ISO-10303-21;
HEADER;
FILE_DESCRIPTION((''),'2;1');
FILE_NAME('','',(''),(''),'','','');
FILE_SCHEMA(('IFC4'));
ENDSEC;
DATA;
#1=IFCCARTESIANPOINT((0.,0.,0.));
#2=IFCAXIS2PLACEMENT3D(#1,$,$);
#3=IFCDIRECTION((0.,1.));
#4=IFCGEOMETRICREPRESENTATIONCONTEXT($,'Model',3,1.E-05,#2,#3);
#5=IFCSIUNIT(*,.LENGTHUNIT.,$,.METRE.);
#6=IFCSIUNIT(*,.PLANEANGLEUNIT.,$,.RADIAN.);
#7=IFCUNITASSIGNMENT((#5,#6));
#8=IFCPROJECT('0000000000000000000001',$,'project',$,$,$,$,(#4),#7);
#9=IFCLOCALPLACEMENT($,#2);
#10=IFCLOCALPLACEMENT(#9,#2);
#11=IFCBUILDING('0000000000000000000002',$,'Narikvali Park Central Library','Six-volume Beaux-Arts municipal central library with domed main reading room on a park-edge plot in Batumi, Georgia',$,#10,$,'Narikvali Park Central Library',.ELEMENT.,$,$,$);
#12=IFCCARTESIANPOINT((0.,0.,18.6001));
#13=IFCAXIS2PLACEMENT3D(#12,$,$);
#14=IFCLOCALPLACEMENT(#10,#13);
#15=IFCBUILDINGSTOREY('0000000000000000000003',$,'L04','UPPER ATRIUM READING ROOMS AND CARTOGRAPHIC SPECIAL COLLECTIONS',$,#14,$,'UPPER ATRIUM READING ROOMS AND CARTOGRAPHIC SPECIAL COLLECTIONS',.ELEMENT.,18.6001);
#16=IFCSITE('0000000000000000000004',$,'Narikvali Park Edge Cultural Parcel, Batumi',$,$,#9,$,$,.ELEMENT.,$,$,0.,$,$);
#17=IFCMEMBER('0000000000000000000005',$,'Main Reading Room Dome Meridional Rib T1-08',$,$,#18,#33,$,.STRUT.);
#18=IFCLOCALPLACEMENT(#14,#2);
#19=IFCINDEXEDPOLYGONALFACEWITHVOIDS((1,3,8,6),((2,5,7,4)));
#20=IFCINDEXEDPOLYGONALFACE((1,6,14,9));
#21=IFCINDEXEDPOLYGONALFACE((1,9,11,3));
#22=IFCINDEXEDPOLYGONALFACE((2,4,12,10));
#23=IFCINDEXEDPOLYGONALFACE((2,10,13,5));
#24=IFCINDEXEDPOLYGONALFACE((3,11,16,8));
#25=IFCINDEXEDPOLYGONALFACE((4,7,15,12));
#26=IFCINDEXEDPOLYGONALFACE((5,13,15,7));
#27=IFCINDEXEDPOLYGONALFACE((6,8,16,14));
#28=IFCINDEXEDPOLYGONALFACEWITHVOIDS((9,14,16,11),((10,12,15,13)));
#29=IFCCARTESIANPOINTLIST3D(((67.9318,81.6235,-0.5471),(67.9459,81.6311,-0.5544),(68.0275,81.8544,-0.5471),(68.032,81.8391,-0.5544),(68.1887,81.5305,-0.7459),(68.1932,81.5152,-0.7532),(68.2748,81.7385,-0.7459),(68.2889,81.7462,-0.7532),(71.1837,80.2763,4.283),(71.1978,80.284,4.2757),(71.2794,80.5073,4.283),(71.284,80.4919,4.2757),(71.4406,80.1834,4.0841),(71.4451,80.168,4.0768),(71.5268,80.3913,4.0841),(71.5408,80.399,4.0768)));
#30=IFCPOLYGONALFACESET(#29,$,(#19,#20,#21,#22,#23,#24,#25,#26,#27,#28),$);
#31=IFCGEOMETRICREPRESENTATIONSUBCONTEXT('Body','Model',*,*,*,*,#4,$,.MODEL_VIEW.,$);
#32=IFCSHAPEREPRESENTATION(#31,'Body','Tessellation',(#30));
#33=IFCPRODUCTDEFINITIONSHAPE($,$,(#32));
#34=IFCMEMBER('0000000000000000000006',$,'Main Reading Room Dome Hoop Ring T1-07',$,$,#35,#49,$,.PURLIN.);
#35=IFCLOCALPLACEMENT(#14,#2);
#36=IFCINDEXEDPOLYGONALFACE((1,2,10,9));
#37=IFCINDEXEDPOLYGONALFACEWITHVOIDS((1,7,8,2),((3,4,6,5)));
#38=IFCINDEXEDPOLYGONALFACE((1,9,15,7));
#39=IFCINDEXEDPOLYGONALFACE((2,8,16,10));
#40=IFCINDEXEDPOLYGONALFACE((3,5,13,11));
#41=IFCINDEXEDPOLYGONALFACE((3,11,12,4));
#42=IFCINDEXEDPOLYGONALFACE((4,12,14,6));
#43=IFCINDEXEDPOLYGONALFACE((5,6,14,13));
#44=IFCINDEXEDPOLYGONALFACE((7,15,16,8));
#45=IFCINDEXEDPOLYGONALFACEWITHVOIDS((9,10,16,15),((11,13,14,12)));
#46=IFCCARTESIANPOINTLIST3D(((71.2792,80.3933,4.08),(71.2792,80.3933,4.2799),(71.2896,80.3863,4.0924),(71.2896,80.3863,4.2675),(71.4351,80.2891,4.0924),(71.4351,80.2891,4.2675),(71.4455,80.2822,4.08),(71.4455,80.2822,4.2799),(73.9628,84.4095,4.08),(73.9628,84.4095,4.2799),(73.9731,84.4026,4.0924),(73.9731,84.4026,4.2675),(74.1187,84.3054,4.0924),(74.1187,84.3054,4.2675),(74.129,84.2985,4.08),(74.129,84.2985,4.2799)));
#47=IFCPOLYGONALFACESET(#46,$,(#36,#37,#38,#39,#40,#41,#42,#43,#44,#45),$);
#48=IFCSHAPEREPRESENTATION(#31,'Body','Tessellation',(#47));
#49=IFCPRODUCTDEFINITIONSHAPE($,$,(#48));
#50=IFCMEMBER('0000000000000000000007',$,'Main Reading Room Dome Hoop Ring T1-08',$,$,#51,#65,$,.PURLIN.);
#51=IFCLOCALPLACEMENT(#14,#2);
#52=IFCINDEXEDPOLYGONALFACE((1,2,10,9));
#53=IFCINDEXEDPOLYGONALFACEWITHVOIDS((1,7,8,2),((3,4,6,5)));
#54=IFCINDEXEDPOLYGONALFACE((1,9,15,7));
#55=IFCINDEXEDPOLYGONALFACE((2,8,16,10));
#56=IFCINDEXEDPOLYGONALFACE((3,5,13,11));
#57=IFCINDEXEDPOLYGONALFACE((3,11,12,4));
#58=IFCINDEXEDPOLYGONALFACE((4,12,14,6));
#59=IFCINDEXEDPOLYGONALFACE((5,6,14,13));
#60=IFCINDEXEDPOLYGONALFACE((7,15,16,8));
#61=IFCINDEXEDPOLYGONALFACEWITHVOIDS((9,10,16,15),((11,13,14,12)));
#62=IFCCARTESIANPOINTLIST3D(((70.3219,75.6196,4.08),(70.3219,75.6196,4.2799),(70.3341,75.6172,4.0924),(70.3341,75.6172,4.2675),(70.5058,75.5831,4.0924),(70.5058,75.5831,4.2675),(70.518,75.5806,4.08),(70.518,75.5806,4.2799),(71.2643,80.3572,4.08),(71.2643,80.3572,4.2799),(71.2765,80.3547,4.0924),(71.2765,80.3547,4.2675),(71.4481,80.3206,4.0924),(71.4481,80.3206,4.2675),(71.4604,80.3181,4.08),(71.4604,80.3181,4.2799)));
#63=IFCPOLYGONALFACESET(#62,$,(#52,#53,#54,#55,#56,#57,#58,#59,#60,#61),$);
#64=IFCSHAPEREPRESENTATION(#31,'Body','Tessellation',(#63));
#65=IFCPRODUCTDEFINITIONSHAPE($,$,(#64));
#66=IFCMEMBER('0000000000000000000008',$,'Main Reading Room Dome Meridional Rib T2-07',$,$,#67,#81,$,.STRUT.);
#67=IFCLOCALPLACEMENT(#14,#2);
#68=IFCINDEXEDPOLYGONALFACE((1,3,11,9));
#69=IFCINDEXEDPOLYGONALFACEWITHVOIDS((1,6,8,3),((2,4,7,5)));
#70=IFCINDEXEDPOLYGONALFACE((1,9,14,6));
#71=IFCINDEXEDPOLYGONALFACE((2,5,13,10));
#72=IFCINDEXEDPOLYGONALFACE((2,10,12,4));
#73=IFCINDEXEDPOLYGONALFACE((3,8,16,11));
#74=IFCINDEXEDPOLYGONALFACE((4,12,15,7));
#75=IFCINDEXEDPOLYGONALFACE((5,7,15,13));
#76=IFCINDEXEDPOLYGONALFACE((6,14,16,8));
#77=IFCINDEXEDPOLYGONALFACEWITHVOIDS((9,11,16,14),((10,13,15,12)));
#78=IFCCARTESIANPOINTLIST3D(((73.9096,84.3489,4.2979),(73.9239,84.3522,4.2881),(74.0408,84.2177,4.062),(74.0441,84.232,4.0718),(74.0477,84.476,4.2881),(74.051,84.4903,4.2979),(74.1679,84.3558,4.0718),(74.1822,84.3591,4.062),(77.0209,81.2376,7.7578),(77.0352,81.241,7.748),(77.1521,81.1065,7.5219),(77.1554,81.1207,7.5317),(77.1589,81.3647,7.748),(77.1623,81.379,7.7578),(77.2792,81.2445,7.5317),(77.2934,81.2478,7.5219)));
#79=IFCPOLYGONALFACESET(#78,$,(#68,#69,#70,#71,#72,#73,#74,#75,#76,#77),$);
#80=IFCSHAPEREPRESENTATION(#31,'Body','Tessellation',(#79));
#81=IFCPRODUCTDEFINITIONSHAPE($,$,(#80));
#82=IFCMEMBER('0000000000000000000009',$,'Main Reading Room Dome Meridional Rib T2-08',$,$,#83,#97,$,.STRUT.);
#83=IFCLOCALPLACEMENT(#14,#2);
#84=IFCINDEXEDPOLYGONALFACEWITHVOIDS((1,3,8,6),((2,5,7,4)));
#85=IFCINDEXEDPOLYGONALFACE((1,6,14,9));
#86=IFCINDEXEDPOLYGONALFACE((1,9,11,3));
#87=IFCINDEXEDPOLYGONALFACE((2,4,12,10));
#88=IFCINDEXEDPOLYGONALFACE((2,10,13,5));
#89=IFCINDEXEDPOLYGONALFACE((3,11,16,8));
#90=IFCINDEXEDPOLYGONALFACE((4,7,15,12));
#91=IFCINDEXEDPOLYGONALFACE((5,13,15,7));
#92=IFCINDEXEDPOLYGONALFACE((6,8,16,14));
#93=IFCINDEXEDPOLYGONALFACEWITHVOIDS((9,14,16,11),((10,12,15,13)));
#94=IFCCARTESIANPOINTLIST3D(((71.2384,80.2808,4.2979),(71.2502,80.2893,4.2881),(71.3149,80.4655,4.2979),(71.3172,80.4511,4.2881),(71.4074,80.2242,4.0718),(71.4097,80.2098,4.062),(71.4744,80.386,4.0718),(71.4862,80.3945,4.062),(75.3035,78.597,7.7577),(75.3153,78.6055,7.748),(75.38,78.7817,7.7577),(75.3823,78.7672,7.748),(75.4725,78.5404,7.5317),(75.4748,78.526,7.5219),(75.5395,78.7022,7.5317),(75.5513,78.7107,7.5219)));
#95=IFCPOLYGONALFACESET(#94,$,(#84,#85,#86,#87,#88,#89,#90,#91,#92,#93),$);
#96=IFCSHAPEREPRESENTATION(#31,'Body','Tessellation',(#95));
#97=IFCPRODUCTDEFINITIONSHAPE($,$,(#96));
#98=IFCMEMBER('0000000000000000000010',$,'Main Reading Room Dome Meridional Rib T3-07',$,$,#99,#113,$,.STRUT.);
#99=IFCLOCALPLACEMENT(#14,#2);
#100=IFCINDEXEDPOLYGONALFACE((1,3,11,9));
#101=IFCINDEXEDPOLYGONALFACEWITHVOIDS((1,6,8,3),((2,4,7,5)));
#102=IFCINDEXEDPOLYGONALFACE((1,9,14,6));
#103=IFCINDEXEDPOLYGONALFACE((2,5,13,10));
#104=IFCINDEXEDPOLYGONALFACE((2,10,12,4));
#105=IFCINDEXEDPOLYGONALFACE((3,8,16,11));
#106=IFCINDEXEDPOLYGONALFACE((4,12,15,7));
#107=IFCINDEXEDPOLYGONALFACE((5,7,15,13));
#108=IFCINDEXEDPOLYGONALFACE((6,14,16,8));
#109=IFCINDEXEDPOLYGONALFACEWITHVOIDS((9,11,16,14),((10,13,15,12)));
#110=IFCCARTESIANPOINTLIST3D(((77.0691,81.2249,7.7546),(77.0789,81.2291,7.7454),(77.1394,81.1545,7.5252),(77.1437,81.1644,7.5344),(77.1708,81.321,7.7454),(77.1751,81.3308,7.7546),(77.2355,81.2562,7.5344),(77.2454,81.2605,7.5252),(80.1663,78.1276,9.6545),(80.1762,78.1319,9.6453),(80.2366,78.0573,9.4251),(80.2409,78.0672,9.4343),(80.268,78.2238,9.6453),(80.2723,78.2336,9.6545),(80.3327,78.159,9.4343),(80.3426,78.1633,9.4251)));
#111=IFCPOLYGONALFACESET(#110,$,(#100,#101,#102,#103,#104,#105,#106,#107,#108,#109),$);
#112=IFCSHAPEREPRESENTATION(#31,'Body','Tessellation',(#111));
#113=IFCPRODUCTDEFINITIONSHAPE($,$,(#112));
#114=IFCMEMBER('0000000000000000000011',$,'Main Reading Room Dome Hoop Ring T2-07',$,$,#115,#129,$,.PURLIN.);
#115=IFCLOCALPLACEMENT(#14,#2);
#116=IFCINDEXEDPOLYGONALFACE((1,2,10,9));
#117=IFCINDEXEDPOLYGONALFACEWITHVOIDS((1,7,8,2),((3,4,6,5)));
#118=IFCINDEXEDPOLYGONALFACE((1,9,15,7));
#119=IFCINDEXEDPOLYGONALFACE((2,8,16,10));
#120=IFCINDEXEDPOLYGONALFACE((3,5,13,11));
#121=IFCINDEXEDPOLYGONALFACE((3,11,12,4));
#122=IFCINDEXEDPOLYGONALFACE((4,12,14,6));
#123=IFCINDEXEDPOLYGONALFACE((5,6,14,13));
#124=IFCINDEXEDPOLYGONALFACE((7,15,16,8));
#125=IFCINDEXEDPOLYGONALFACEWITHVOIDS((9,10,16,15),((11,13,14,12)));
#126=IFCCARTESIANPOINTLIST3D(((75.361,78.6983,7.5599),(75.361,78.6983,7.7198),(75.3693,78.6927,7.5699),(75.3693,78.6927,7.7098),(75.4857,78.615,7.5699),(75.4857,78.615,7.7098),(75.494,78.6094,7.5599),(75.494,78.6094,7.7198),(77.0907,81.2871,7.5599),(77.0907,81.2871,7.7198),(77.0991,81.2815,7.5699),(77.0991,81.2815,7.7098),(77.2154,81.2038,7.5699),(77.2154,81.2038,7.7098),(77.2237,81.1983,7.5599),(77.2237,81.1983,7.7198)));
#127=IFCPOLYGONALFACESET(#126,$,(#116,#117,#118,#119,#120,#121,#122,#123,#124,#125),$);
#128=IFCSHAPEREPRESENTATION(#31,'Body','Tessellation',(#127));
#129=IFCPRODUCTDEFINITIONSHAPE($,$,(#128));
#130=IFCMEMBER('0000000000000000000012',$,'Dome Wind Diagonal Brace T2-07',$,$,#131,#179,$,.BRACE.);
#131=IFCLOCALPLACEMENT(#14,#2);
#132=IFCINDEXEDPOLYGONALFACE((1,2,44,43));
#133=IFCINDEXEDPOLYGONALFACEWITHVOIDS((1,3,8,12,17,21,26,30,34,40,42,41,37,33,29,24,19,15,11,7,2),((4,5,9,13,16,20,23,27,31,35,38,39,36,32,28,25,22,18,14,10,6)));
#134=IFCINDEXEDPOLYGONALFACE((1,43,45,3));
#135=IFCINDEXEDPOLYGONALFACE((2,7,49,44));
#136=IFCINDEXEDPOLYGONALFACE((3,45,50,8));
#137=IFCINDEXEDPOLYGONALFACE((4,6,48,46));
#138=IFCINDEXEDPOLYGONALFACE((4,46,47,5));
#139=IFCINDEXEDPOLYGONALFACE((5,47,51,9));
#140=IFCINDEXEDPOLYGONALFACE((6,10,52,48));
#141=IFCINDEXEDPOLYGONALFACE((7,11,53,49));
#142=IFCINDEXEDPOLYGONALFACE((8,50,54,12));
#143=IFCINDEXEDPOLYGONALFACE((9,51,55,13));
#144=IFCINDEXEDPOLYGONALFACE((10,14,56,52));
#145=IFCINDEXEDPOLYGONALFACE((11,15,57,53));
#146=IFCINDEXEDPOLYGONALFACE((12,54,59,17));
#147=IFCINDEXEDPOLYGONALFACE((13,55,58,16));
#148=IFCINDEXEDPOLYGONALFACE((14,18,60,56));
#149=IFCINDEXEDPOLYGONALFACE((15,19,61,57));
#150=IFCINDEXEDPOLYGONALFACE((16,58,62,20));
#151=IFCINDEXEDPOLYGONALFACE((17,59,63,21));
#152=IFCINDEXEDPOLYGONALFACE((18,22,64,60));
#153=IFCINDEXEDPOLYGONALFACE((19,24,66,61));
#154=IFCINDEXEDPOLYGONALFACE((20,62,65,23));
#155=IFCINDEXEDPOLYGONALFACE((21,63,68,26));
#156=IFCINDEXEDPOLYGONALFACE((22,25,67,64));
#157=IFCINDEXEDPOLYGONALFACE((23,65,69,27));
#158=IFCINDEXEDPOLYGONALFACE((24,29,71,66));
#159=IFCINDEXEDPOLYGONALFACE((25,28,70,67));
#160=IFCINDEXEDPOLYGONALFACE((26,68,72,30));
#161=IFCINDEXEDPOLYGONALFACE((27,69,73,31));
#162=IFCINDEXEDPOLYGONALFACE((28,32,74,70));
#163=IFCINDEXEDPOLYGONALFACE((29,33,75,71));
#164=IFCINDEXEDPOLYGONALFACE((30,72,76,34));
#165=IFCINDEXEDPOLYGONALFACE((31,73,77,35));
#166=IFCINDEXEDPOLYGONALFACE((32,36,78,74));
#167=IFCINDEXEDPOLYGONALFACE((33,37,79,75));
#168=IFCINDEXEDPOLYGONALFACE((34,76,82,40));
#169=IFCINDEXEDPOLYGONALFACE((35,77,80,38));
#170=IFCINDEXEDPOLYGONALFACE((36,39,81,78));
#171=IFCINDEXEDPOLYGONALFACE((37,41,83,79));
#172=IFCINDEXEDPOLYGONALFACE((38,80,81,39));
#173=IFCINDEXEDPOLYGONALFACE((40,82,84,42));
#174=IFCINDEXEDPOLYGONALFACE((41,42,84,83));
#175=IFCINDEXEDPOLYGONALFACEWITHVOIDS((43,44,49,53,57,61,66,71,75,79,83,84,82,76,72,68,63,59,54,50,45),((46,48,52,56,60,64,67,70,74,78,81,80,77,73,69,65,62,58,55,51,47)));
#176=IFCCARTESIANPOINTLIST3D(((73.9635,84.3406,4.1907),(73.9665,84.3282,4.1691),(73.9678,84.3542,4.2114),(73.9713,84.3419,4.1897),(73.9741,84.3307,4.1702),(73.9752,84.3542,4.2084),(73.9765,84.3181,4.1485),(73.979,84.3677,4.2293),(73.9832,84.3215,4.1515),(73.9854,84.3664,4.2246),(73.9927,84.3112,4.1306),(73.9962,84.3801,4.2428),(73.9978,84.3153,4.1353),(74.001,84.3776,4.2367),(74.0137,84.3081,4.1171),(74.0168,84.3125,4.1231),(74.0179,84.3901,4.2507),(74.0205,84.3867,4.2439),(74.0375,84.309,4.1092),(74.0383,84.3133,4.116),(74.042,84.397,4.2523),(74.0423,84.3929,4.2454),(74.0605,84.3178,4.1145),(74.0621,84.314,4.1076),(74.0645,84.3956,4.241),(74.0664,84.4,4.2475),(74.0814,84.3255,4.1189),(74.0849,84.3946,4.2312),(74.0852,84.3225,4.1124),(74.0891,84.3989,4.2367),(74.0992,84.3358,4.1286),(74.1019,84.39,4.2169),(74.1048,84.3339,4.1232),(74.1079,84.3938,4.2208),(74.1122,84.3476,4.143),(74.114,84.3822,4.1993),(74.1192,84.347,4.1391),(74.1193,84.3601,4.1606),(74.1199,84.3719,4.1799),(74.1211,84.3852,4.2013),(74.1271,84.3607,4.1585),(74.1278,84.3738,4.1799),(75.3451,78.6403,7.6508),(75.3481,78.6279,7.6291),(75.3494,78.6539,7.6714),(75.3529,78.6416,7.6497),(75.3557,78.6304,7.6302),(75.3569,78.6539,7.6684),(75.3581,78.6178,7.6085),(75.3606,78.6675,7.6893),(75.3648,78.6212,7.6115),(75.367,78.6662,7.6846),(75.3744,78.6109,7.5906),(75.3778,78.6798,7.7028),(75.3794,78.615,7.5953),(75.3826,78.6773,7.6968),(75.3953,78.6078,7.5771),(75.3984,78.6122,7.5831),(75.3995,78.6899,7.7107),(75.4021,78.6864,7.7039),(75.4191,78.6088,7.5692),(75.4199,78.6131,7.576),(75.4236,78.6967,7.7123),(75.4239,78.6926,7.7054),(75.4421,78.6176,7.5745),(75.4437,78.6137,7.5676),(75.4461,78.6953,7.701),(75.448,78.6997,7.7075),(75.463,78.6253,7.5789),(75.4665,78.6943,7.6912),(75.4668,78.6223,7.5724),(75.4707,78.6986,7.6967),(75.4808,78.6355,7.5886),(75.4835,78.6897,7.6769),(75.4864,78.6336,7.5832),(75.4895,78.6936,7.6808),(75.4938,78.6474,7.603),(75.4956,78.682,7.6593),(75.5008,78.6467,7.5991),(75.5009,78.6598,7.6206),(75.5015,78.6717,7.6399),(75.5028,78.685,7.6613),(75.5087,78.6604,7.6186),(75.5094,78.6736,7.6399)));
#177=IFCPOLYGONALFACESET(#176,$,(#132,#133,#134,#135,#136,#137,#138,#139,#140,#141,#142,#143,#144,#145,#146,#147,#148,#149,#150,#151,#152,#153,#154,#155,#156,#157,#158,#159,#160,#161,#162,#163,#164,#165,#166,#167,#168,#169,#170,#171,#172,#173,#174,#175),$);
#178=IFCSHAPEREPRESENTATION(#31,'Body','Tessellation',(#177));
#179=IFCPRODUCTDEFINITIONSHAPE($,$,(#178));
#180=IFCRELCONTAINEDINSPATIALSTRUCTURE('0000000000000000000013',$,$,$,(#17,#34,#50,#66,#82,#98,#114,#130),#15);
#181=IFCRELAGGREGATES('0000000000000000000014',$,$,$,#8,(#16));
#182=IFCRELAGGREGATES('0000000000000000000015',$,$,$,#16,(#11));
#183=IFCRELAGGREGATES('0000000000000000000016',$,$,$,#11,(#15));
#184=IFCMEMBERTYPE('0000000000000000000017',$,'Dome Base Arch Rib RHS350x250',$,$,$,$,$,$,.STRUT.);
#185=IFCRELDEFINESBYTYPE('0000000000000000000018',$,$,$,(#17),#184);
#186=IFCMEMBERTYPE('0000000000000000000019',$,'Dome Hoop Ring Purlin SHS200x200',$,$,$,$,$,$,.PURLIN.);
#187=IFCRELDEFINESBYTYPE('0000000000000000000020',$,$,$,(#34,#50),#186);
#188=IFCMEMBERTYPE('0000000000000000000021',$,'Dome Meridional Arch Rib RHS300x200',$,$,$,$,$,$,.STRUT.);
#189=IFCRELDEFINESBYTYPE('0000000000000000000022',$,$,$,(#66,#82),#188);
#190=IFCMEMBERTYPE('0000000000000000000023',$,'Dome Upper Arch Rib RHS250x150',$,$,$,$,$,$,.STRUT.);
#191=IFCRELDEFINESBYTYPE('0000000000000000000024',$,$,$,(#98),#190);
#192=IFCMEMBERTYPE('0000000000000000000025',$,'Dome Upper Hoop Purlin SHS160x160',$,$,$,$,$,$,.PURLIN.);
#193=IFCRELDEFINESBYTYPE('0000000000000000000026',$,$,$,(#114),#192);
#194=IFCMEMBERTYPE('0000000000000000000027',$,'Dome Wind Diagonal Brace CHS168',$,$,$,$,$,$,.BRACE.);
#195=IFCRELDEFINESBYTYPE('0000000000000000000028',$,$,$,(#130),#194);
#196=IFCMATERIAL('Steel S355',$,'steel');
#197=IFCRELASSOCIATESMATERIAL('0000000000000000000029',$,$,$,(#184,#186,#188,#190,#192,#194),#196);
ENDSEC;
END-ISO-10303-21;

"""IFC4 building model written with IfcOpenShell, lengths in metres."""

from ifc_helpers import new_model, si_unit, direction, frame, origin, origin_2d, place, context, subcontext, project, spatial, hollow_rectangle, hollow_circle, extrude, material, material_profile, profile_set, type_object, element, save


model = new_model("IFC4")

# Units and contexts
model_context = context("Model", 3, precision=1e-05, world=origin(), true_north=direction((0.0, 1.0)))
body_context = subcontext(model_context, "Body", "Model", "MODEL_VIEW")
ifc_project = project(units=[si_unit("LENGTHUNIT", "METRE"), si_unit("PLANEANGLEUNIT", "RADIAN")], contexts=[model_context])

# Site, building, storey
site_placement = place(None, origin())
site = spatial("IfcSite", under=ifc_project, at=site_placement, Name="Narikvali Park Edge Cultural Parcel, Batumi", CompositionType="ELEMENT", RefElevation=0.0)
building_placement = place(site_placement, origin())
building = spatial("IfcBuilding", under=site, at=building_placement, Name="Narikvali Park Central Library", Description="Six-volume Beaux-Arts municipal central library with domed main reading room on a park-edge plot in Batumi, Georgia", LongName="Narikvali Park Central Library", CompositionType="ELEMENT")
storey_placement = place(building_placement, frame((0.0, 0.0, 18.6001)))
storey = spatial("IfcBuildingStorey", under=building, at=storey_placement, Name="L04", Description="UPPER ATRIUM READING ROOMS AND CARTOGRAPHIC SPECIAL COLLECTIONS", LongName="UPPER ATRIUM READING ROOMS AND CARTOGRAPHIC SPECIAL COLLECTIONS", CompositionType="ELEMENT", Elevation=18.6001)

# Shared definitions
ifc_material_1 = material(Name="Steel S355", Category="steel")

# Members
ifc_material_profile_1 = material_profile(ifc_material_1, hollow_rectangle(XDim=0.25, YDim=0.3501, WallThickness=0.0125, at=origin_2d()), Name="RHS 350x250x12.5")
ifc_profile_set_1 = profile_set([ifc_material_profile_1], Name="Steel S355")
member_type_1 = type_object("IfcMemberType", Name="Dome Base Arch Rib RHS350x250", PredefinedType="STRUT", material=ifc_profile_set_1)
member_1_placement = place(storey_placement, frame((68.1104, 81.6848, -0.6501), z_axis=(0.544114, -0.225407, 0.808165), x_axis=(0.382723, 0.923863, 0.0)))
element("IfcMember", 1, at=member_1_placement, inside=storey, type_object=member_type_1, Name="Main Reading Room Dome Meridional Rib T1-08", PredefinedType="STRUT", context=body_context, shape_type="SweptSolid", body=[
    extrude(hollow_rectangle(XDim=0.25, YDim=0.3501, WallThickness=0.0125, at=origin_2d()), origin(), (0.0, 0.0, 1.0), 5.9766),
])
ifc_material_profile_2 = material_profile(ifc_material_1, hollow_rectangle(XDim=0.2, YDim=0.2, WallThickness=0.0125, at=origin_2d()), Name="SHS 200x200x12.5")
ifc_profile_set_2 = profile_set([ifc_material_profile_2], Name="Steel S355")
member_type_2 = type_object("IfcMemberType", Name="Dome Hoop Ring Purlin SHS200x200", PredefinedType="PURLIN", material=ifc_profile_set_2)
for number, where, z_axis, x_axis, name in (
    (2, (74.0459, 84.354, 4.1799), (-0.555563, -0.831474, 0.0), (0.831474, -0.555563, 0.0), "Main Reading Room Dome Hoop Ring T1-07"),
    (3, (71.3623, 80.3376, 4.1799), (-0.195095, -0.980784, 0.0), (0.980784, -0.195095, 0.0), "Main Reading Room Dome Hoop Ring T1-08"),
):
    element("IfcMember", number, at=place(storey_placement, frame(where, z_axis=z_axis, x_axis=x_axis)), inside=storey, type_object=member_type_2, Name=name, PredefinedType="PURLIN", context=body_context, shape_type="SweptSolid", body=[
        extrude(hollow_rectangle(XDim=0.2, YDim=0.2, WallThickness=0.0125, at=origin_2d()), origin(), (0.0, 0.0, 1.0), 4.8303),
    ])
ifc_material_profile_3 = material_profile(ifc_material_1, hollow_rectangle(XDim=0.2, YDim=0.3, WallThickness=0.0125, at=origin_2d()), Name="RHS 300x200x12.5")
ifc_profile_set_3 = profile_set([ifc_material_profile_3], Name="Steel S355")
member_type_3 = type_object("IfcMemberType", Name="Dome Meridional Arch Rib RHS300x200", PredefinedType="STRUT", material=ifc_profile_set_3)
for number, where, z_axis, x_axis, name in (
    (4, (74.0459, 84.354, 4.1799), (0.555842, -0.555842, 0.618126), (0.707107, 0.707107, 0.0), "Main Reading Room Dome Meridional Rib T2-07"),
    (5, (71.3623, 80.3376, 4.1799), (0.726246, -0.300818, 0.618122), (0.38268, 0.923881, 0.0), "Main Reading Room Dome Meridional Rib T2-08"),
):
    element("IfcMember", number, at=place(storey_placement, frame(where, z_axis=z_axis, x_axis=x_axis)), inside=storey, type_object=member_type_3, Name=name, PredefinedType="STRUT", context=body_context, shape_type="SweptSolid", body=[
        extrude(hollow_rectangle(XDim=0.2, YDim=0.3, WallThickness=0.0125, at=origin_2d()), origin(), (0.0, 0.0, 1.0), 5.5974),
    ])
ifc_material_profile_4 = material_profile(ifc_material_1, hollow_rectangle(XDim=0.1499, YDim=0.25, WallThickness=0.01, at=origin_2d()), Name="RHS 250x150x10")
ifc_profile_set_4 = profile_set([ifc_material_profile_4], Name="Steel S355")
member_type_4 = type_object("IfcMemberType", Name="Dome Upper Arch Rib RHS250x150", PredefinedType="STRUT", material=ifc_profile_set_4)
member_2_placement = place(storey_placement, frame((77.1572, 81.2427, 7.6399), z_axis=(0.648708, -0.648708, 0.397939), x_axis=(0.707107, 0.707107, 0.0)))
element("IfcMember", 6, at=member_2_placement, inside=storey, type_object=member_type_4, Name="Main Reading Room Dome Meridional Rib T3-07", PredefinedType="STRUT", context=body_context, shape_type="SweptSolid", body=[
    extrude(hollow_rectangle(XDim=0.1499, YDim=0.25, WallThickness=0.01, at=origin_2d()), origin(), (0.0, 0.0, 1.0), 4.7744),
])
ifc_material_profile_5 = material_profile(ifc_material_1, hollow_rectangle(XDim=0.1599, YDim=0.1599, WallThickness=0.01, at=origin_2d()), Name="SHS 160x160x10")
ifc_profile_set_5 = profile_set([ifc_material_profile_5], Name="Steel S355")
member_type_5 = type_object("IfcMemberType", Name="Dome Upper Hoop Purlin SHS160x160", PredefinedType="PURLIN", material=ifc_profile_set_5)
member_3_placement = place(storey_placement, frame((77.1572, 81.2427, 7.6399), z_axis=(-0.55555, -0.831483, 0.0), x_axis=(0.831483, -0.55555, 0.0)))
element("IfcMember", 7, at=member_3_placement, inside=storey, type_object=member_type_5, Name="Main Reading Room Dome Hoop Ring T2-07", PredefinedType="PURLIN", context=body_context, shape_type="SweptSolid", body=[
    extrude(hollow_rectangle(XDim=0.1599, YDim=0.1599, WallThickness=0.01, at=origin_2d()), origin(), (0.0, 0.0, 1.0), 3.1135),
])
ifc_material_profile_6 = material_profile(ifc_material_1, hollow_circle(Radius=0.0842, WallThickness=0.0081, at=origin_2d()), Name="CHS 168.3x8")
ifc_profile_set_6 = profile_set([ifc_material_profile_6], Name="Steel S355")
member_type_6 = type_object("IfcMemberType", Name="Dome Wind Diagonal Brace CHS168", PredefinedType="BRACE", material=ifc_profile_set_6)
member_4_placement = place(storey_placement, frame((74.0459, 84.354, 4.1799), z_axis=(0.202885, -0.837067, 0.508091), x_axis=(0.971861, 0.235556, 0.0)))
element("IfcMember", 8, at=member_4_placement, inside=storey, type_object=member_type_6, Name="Dome Wind Diagonal Brace T2-07", PredefinedType="BRACE", context=body_context, shape_type="SweptSolid", body=[
    extrude(hollow_circle(Radius=0.0842, WallThickness=0.0081, at=origin_2d()), origin(), (0.0, 0.0, 1.0), 6.8098),
])

save(model, "model.ifc")
